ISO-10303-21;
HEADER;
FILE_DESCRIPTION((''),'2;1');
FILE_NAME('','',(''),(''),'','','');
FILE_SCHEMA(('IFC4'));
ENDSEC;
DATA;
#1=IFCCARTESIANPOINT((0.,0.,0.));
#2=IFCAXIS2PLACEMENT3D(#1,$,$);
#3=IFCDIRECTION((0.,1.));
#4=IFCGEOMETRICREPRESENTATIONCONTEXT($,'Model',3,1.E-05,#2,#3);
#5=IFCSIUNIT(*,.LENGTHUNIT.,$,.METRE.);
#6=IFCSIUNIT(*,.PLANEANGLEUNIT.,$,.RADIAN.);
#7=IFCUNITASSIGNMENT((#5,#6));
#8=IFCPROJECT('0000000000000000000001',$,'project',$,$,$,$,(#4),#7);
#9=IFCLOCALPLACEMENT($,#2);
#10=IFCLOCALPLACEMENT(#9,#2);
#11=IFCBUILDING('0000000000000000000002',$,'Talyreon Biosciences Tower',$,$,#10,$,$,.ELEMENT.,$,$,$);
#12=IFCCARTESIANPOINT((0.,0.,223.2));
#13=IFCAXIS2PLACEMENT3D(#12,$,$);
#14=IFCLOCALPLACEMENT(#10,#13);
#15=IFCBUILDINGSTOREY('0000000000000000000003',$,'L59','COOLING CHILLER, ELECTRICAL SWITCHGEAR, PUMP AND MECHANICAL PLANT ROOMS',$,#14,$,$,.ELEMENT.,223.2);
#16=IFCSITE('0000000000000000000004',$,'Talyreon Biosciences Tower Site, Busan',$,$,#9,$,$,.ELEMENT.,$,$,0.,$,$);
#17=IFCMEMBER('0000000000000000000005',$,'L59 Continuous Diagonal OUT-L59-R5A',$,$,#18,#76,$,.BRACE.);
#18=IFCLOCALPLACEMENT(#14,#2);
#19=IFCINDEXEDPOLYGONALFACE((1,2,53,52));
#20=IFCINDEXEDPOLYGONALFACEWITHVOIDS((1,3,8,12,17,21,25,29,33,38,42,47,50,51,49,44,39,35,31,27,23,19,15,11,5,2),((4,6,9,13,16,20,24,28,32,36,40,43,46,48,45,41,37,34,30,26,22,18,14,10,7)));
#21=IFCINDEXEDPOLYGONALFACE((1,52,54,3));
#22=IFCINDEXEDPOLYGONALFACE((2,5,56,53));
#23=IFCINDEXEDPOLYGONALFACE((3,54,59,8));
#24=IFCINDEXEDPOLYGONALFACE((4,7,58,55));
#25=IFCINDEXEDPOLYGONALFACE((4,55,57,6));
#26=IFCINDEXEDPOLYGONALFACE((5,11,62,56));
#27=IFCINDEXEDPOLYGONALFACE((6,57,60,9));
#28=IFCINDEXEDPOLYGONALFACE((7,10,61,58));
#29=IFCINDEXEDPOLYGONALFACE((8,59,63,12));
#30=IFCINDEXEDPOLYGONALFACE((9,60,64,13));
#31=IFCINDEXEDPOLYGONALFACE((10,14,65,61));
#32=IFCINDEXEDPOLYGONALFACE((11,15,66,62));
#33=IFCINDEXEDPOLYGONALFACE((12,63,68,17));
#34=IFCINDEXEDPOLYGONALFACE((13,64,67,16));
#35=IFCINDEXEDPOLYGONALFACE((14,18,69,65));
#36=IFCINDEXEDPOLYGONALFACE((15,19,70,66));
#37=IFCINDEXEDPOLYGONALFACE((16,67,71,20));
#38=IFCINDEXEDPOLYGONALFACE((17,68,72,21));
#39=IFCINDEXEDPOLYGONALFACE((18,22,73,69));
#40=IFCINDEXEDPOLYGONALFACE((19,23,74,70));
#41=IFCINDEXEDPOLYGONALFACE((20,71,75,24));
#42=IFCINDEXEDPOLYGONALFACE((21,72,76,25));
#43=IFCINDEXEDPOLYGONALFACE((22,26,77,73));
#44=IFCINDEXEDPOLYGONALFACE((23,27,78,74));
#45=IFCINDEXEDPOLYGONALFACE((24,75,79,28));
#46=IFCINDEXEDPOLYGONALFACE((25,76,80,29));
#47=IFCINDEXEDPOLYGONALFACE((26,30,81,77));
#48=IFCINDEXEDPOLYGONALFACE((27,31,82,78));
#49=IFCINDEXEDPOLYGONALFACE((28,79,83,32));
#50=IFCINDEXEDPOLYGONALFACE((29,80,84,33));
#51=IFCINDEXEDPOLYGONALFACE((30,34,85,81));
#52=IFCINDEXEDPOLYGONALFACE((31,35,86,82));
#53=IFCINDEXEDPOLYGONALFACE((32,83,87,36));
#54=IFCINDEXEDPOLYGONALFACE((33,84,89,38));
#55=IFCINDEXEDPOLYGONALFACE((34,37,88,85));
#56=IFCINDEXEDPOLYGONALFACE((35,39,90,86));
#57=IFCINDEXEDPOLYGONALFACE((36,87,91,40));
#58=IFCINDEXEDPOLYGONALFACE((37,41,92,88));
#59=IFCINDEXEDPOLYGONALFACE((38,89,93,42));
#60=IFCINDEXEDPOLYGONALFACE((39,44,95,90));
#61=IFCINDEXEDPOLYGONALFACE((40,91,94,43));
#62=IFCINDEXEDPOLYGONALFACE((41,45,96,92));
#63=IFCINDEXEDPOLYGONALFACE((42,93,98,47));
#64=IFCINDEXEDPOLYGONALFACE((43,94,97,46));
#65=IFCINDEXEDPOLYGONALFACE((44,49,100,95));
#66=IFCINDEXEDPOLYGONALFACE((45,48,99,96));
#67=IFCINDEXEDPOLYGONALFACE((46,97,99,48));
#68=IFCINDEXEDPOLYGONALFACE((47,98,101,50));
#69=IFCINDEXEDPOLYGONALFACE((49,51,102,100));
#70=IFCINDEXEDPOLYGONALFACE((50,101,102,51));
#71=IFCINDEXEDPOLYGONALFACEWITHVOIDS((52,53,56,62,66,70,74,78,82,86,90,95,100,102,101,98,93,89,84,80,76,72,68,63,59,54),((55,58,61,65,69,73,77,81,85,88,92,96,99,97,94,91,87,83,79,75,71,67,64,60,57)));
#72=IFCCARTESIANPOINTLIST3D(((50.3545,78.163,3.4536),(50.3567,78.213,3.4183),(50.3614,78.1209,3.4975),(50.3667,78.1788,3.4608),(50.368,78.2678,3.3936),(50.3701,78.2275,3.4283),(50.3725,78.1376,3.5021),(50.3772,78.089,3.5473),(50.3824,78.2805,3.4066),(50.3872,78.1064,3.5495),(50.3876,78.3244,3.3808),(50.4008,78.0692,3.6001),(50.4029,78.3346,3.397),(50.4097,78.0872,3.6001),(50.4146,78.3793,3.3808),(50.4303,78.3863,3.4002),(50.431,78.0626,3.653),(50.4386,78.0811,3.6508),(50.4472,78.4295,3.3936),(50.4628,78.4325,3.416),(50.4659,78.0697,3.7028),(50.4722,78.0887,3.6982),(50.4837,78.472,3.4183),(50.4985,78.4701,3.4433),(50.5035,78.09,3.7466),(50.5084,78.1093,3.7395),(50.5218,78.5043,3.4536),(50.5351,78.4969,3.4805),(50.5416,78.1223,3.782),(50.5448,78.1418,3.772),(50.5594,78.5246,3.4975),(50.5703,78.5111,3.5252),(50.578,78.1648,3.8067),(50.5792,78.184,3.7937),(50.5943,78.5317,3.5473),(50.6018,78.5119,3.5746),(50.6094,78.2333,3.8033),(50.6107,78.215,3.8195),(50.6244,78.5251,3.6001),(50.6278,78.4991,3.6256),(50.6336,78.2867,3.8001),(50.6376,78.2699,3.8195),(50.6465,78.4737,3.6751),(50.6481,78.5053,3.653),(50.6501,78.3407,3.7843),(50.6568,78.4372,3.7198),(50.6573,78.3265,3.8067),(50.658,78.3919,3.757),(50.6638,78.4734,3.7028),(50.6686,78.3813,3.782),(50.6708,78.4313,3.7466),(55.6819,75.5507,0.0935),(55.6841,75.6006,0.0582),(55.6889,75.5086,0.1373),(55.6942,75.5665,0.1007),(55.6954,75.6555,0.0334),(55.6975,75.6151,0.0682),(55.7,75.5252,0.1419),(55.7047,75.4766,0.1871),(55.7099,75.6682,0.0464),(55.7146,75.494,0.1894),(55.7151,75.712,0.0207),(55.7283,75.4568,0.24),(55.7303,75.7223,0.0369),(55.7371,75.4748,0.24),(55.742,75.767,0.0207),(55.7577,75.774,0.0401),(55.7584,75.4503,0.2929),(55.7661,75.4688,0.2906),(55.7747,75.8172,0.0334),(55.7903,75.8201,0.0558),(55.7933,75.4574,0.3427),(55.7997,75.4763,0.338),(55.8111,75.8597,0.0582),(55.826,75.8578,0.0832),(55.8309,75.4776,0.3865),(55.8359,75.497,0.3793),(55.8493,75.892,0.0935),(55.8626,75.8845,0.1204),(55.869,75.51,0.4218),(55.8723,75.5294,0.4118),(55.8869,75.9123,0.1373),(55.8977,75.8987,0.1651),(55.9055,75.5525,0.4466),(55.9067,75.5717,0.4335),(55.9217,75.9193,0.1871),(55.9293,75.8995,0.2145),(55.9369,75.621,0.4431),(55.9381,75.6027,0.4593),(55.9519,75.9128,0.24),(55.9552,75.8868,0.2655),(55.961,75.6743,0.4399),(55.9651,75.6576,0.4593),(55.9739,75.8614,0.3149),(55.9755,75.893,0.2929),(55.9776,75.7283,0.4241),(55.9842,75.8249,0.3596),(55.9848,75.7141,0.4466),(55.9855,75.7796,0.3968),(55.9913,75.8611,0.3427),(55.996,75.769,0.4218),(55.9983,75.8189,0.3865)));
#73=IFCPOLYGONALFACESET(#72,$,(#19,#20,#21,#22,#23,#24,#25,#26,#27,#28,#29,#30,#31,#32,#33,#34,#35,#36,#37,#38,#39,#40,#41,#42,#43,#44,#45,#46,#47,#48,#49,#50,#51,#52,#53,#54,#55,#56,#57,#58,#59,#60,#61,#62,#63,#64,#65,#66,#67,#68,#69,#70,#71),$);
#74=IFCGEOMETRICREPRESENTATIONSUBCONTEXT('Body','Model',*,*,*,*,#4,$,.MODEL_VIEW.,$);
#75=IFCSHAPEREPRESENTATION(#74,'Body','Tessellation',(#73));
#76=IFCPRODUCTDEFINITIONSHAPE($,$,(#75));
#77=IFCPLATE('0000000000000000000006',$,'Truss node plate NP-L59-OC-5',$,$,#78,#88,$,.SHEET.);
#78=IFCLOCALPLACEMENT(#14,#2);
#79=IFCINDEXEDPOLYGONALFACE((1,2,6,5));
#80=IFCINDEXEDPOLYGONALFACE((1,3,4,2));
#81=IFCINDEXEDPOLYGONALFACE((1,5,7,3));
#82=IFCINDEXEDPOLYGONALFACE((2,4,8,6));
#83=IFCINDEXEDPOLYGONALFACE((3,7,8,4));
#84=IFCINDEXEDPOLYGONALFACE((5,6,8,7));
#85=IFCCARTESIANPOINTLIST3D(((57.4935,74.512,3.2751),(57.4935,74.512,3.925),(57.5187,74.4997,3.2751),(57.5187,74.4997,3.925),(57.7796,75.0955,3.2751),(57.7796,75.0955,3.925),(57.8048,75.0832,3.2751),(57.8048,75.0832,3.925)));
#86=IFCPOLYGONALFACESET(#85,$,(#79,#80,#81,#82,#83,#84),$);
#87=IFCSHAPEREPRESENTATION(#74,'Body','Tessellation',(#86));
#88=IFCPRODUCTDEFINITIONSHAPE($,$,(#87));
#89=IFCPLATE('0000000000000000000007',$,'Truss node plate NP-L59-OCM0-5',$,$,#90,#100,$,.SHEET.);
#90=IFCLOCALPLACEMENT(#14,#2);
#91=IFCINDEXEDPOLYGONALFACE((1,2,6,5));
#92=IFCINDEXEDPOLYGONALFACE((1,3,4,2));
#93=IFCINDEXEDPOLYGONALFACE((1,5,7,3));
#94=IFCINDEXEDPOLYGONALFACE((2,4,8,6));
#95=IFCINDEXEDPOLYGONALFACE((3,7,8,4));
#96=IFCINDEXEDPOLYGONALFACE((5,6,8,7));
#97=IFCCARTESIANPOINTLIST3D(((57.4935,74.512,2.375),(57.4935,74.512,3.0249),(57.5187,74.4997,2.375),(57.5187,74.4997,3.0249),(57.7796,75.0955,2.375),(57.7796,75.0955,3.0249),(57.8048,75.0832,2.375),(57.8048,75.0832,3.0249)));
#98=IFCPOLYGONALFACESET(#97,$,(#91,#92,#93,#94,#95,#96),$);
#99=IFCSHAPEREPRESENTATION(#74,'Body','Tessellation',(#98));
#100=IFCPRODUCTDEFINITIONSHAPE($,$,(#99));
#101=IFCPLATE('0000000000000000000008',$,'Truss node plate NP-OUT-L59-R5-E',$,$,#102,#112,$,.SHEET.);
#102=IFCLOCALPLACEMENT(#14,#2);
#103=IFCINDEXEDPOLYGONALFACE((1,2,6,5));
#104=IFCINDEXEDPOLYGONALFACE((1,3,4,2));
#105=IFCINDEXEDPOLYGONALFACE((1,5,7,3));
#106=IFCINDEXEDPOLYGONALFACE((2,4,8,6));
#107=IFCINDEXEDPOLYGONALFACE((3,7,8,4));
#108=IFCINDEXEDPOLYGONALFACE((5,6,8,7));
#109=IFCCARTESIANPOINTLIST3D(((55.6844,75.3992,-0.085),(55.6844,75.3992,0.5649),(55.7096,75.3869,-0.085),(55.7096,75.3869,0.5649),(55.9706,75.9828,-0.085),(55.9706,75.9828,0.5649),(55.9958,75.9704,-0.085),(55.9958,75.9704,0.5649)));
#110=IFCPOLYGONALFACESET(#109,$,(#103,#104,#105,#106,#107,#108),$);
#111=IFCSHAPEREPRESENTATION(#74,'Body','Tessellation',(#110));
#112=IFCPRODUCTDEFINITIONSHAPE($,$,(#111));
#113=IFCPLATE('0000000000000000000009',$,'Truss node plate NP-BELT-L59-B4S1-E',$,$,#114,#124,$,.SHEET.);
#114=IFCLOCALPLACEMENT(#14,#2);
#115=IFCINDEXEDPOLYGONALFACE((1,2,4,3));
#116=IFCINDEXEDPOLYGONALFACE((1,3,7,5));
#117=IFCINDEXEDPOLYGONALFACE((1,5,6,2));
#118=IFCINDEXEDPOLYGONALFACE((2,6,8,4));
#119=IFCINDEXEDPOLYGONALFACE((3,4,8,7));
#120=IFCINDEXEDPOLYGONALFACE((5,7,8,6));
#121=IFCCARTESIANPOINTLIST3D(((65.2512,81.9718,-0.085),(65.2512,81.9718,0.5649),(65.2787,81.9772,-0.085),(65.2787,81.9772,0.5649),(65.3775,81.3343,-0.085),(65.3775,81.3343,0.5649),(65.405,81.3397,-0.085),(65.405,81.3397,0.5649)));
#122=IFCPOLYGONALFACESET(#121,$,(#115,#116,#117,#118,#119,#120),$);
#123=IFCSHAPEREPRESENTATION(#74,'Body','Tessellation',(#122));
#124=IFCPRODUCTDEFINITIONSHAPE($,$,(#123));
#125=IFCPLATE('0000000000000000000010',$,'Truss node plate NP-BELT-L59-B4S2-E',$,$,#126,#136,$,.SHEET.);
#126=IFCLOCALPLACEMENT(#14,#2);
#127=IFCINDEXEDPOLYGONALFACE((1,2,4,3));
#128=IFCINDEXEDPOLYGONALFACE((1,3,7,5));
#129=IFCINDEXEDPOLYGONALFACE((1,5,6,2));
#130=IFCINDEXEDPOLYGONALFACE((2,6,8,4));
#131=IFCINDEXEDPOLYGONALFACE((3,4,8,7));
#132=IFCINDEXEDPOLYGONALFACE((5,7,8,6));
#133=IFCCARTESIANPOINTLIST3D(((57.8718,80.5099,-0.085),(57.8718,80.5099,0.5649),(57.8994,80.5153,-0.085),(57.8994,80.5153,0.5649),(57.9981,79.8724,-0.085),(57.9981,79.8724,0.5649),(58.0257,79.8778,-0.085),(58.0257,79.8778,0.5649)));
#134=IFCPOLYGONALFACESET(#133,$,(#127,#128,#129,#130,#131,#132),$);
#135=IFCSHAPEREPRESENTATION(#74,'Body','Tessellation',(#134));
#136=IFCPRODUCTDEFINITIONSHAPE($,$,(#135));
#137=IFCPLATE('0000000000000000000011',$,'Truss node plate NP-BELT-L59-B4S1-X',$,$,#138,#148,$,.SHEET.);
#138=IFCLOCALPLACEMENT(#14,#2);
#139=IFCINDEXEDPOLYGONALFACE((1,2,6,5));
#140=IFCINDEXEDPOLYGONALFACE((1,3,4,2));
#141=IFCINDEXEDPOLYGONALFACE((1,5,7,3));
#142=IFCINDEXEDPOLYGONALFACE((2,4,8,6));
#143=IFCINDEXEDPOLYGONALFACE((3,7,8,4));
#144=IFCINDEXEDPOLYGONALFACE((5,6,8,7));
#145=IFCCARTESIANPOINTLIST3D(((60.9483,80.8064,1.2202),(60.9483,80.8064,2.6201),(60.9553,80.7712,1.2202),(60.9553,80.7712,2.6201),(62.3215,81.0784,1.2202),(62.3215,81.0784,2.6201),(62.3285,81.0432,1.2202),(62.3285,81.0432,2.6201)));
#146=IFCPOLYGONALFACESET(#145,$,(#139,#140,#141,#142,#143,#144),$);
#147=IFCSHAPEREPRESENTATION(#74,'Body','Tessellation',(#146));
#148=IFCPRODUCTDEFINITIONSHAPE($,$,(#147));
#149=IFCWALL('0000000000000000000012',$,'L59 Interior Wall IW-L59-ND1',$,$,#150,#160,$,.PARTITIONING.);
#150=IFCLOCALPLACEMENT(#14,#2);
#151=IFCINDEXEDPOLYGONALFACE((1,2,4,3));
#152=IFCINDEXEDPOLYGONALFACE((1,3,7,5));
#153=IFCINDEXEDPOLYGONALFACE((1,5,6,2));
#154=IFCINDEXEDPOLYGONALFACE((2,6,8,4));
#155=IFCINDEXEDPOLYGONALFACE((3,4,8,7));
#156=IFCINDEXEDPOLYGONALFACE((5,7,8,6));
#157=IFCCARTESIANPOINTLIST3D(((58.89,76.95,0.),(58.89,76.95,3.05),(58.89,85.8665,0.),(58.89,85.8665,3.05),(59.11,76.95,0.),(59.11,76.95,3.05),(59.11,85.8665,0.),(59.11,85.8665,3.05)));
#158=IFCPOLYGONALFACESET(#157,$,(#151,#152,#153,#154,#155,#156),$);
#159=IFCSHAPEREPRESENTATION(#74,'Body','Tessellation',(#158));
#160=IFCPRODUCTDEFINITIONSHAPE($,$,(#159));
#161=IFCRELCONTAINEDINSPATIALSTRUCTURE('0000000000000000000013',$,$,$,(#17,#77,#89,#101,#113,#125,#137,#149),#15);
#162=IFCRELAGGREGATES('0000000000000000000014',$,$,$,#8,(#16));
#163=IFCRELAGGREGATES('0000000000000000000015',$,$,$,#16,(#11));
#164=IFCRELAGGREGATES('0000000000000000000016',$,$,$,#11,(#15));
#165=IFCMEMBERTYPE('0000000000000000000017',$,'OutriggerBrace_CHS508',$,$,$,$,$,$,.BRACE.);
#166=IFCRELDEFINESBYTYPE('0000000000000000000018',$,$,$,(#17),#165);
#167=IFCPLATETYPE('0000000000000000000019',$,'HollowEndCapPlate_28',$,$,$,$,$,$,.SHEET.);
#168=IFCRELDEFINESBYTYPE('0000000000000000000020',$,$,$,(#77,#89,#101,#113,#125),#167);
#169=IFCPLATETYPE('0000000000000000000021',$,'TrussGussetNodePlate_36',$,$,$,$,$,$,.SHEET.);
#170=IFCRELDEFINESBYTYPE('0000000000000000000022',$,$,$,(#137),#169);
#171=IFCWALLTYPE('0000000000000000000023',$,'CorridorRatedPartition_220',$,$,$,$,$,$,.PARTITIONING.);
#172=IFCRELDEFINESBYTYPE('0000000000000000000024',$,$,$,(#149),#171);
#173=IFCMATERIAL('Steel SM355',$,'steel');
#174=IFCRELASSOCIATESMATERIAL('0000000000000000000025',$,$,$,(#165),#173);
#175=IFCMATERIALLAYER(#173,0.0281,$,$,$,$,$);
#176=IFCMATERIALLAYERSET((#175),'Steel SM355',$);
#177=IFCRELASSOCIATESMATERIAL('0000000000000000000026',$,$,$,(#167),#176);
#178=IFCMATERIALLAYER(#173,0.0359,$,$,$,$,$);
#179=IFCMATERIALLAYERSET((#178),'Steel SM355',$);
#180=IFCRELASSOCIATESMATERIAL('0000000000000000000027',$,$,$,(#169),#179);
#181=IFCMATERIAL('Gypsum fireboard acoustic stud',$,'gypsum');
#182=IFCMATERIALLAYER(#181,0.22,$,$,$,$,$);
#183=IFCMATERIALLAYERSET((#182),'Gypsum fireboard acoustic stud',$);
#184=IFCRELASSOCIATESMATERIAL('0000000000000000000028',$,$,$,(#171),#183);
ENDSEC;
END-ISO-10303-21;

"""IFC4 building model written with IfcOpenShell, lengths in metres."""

from ifc_helpers import new_model, si_unit, direction, frame, frame_2d, origin, origin_2d, place, context, subcontext, project, spatial, rectangle, hollow_circle, extrude, material, layer, layer_set, material_profile, profile_set, type_object, element, save


model = new_model("IFC4")

# Units and contexts
model_context = context("Model", 3, precision=1e-05, world=origin(), true_north=direction((0.0, 1.0)))
body_context = subcontext(model_context, "Body", "Model", "MODEL_VIEW")
ifc_project = project(units=[si_unit("LENGTHUNIT", "METRE"), si_unit("PLANEANGLEUNIT", "RADIAN")], contexts=[model_context])

# Site, building, storey
site_placement = place(None, origin())
site = spatial("IfcSite", under=ifc_project, at=site_placement, Name="Talyreon Biosciences Tower Site, Busan", CompositionType="ELEMENT", RefElevation=0.0)
building_placement = place(site_placement, origin())
building = spatial("IfcBuilding", under=site, at=building_placement, Name="Talyreon Biosciences Tower", CompositionType="ELEMENT")
storey_placement = place(building_placement, frame((0.0, 0.0, 223.2)))
storey = spatial("IfcBuildingStorey", under=building, at=storey_placement, Name="L59", Description="COOLING CHILLER, ELECTRICAL SWITCHGEAR, PUMP AND MECHANICAL PLANT ROOMS", CompositionType="ELEMENT", Elevation=223.2)

# Shared definitions
ifc_material_1 = material(Name="Steel SM355", Category="steel")

# Member
ifc_material_profile_1 = material_profile(ifc_material_1, hollow_circle(Radius=0.2539, WallThickness=0.02, at=origin_2d()), Name="CHS 508x20")
ifc_profile_set_1 = profile_set([ifc_material_profile_1], Name="Steel SM355")
member_type_1 = type_object("IfcMemberType", Name="OutriggerBrace_CHS508", PredefinedType="BRACE", material=ifc_profile_set_1)
member_1_placement = place(storey_placement, frame((55.8401, 75.6848, 0.24), z_axis=(-0.781284, 0.383105, 0.492774), x_axis=(-0.440271, -0.897865, 0.0)))
element("IfcMember", 1, at=member_1_placement, inside=storey, type_object=member_type_1, Name="L59 Continuous Diagonal OUT-L59-R5A", PredefinedType="BRACE", context=body_context, shape_type="SweptSolid", body=[
    extrude(hollow_circle(Radius=0.2539, WallThickness=0.02, at=origin_2d()), origin(), (0.0, 0.0, 1.0), 6.8188),
])

# Plates
ifc_layer_1 = layer(ifc_material_1, 0.0281)
ifc_layer_set_1 = layer_set([ifc_layer_1], Name="Steel SM355")
plate_type_1 = type_object("IfcPlateType", Name="HollowEndCapPlate_28", PredefinedType="SHEET", material=ifc_layer_set_1)
for number, where, z_axis, x_axis, name in (
    (2, (57.6492, 74.7976, 3.2751), (0.0, 0.0, 1.0), (-0.440284, -0.897859, 0.0), "Truss node plate NP-L59-OC-5"),
    (3, (57.6492, 74.7976, 2.375), (0.0, 0.0, 1.0), (-0.440284, -0.897859, 0.0), "Truss node plate NP-L59-OCM0-5"),
    (4, (55.8401, 75.6848, -0.085), (0.0, 0.0, 1.0), (-0.440284, -0.897859, 0.0), "Truss node plate NP-OUT-L59-R5-E"),
    (5, (65.3281, 81.6558, -0.085), (0.0, 0.0, 1.0), (0.194337, -0.980935, 0.0), "Truss node plate NP-BELT-L59-B4S1-E"),
    (6, (57.9487, 80.1938, -0.085), (0.0, 0.0, 1.0), (0.194337, -0.980935, 0.0), "Truss node plate NP-BELT-L59-B4S2-E"),
):
    element("IfcPlate", number, at=place(storey_placement, frame(where, z_axis=z_axis, x_axis=x_axis)), inside=storey, type_object=plate_type_1, Name=name, PredefinedType="SHEET", context=body_context, shape_type="SweptSolid", body=[
        extrude(rectangle(XDim=0.6499, YDim=0.0281, at=origin_2d()), origin(), (0.0, 0.0, 1.0), 0.6499),
    ])
ifc_layer_2 = layer(ifc_material_1, 0.0359)
ifc_layer_set_2 = layer_set([ifc_layer_2], Name="Steel SM355")
plate_type_2 = type_object("IfcPlateType", Name="TrussGussetNodePlate_36", PredefinedType="SHEET", material=ifc_layer_set_2)
plate_placement = place(storey_placement, frame((61.6384, 80.9248, 1.2202), z_axis=(0.0, 0.0, 1.0), x_axis=(-0.980935, -0.194337, 0.0)))
element("IfcPlate", 7, at=plate_placement, inside=storey, type_object=plate_type_2, Name="Truss node plate NP-BELT-L59-B4S1-X", PredefinedType="SHEET", context=body_context, shape_type="SweptSolid", body=[
    extrude(rectangle(XDim=1.3999, YDim=0.0359, at=origin_2d()), origin(), (0.0, 0.0, 1.0), 1.3999),
])

# Wall
ifc_material_2 = material(Name="Gypsum fireboard acoustic stud", Category="gypsum")
ifc_layer_3 = layer(ifc_material_2, 0.22)
ifc_layer_set_3 = layer_set([ifc_layer_3], Name="Gypsum fireboard acoustic stud")
wall_type = type_object("IfcWallType", Name="CorridorRatedPartition_220", PredefinedType="PARTITIONING", material=ifc_layer_set_3)
wall_placement = place(storey_placement, frame((59.0, 76.95, 0.0), z_axis=(0.0, 0.0, 1.0), x_axis=(0.0, 1.0, 0.0)))
element("IfcWall", 8, at=wall_placement, inside=storey, type_object=wall_type, Name="L59 Interior Wall IW-L59-ND1", PredefinedType="PARTITIONING", context=body_context, shape_type="SweptSolid", body=[
    extrude(rectangle(XDim=8.9165, YDim=0.22, at=frame_2d((4.4583, 0.0))), origin(), (0.0, 0.0, 1.0), 3.05),
])

save(model, "model.ifc")
